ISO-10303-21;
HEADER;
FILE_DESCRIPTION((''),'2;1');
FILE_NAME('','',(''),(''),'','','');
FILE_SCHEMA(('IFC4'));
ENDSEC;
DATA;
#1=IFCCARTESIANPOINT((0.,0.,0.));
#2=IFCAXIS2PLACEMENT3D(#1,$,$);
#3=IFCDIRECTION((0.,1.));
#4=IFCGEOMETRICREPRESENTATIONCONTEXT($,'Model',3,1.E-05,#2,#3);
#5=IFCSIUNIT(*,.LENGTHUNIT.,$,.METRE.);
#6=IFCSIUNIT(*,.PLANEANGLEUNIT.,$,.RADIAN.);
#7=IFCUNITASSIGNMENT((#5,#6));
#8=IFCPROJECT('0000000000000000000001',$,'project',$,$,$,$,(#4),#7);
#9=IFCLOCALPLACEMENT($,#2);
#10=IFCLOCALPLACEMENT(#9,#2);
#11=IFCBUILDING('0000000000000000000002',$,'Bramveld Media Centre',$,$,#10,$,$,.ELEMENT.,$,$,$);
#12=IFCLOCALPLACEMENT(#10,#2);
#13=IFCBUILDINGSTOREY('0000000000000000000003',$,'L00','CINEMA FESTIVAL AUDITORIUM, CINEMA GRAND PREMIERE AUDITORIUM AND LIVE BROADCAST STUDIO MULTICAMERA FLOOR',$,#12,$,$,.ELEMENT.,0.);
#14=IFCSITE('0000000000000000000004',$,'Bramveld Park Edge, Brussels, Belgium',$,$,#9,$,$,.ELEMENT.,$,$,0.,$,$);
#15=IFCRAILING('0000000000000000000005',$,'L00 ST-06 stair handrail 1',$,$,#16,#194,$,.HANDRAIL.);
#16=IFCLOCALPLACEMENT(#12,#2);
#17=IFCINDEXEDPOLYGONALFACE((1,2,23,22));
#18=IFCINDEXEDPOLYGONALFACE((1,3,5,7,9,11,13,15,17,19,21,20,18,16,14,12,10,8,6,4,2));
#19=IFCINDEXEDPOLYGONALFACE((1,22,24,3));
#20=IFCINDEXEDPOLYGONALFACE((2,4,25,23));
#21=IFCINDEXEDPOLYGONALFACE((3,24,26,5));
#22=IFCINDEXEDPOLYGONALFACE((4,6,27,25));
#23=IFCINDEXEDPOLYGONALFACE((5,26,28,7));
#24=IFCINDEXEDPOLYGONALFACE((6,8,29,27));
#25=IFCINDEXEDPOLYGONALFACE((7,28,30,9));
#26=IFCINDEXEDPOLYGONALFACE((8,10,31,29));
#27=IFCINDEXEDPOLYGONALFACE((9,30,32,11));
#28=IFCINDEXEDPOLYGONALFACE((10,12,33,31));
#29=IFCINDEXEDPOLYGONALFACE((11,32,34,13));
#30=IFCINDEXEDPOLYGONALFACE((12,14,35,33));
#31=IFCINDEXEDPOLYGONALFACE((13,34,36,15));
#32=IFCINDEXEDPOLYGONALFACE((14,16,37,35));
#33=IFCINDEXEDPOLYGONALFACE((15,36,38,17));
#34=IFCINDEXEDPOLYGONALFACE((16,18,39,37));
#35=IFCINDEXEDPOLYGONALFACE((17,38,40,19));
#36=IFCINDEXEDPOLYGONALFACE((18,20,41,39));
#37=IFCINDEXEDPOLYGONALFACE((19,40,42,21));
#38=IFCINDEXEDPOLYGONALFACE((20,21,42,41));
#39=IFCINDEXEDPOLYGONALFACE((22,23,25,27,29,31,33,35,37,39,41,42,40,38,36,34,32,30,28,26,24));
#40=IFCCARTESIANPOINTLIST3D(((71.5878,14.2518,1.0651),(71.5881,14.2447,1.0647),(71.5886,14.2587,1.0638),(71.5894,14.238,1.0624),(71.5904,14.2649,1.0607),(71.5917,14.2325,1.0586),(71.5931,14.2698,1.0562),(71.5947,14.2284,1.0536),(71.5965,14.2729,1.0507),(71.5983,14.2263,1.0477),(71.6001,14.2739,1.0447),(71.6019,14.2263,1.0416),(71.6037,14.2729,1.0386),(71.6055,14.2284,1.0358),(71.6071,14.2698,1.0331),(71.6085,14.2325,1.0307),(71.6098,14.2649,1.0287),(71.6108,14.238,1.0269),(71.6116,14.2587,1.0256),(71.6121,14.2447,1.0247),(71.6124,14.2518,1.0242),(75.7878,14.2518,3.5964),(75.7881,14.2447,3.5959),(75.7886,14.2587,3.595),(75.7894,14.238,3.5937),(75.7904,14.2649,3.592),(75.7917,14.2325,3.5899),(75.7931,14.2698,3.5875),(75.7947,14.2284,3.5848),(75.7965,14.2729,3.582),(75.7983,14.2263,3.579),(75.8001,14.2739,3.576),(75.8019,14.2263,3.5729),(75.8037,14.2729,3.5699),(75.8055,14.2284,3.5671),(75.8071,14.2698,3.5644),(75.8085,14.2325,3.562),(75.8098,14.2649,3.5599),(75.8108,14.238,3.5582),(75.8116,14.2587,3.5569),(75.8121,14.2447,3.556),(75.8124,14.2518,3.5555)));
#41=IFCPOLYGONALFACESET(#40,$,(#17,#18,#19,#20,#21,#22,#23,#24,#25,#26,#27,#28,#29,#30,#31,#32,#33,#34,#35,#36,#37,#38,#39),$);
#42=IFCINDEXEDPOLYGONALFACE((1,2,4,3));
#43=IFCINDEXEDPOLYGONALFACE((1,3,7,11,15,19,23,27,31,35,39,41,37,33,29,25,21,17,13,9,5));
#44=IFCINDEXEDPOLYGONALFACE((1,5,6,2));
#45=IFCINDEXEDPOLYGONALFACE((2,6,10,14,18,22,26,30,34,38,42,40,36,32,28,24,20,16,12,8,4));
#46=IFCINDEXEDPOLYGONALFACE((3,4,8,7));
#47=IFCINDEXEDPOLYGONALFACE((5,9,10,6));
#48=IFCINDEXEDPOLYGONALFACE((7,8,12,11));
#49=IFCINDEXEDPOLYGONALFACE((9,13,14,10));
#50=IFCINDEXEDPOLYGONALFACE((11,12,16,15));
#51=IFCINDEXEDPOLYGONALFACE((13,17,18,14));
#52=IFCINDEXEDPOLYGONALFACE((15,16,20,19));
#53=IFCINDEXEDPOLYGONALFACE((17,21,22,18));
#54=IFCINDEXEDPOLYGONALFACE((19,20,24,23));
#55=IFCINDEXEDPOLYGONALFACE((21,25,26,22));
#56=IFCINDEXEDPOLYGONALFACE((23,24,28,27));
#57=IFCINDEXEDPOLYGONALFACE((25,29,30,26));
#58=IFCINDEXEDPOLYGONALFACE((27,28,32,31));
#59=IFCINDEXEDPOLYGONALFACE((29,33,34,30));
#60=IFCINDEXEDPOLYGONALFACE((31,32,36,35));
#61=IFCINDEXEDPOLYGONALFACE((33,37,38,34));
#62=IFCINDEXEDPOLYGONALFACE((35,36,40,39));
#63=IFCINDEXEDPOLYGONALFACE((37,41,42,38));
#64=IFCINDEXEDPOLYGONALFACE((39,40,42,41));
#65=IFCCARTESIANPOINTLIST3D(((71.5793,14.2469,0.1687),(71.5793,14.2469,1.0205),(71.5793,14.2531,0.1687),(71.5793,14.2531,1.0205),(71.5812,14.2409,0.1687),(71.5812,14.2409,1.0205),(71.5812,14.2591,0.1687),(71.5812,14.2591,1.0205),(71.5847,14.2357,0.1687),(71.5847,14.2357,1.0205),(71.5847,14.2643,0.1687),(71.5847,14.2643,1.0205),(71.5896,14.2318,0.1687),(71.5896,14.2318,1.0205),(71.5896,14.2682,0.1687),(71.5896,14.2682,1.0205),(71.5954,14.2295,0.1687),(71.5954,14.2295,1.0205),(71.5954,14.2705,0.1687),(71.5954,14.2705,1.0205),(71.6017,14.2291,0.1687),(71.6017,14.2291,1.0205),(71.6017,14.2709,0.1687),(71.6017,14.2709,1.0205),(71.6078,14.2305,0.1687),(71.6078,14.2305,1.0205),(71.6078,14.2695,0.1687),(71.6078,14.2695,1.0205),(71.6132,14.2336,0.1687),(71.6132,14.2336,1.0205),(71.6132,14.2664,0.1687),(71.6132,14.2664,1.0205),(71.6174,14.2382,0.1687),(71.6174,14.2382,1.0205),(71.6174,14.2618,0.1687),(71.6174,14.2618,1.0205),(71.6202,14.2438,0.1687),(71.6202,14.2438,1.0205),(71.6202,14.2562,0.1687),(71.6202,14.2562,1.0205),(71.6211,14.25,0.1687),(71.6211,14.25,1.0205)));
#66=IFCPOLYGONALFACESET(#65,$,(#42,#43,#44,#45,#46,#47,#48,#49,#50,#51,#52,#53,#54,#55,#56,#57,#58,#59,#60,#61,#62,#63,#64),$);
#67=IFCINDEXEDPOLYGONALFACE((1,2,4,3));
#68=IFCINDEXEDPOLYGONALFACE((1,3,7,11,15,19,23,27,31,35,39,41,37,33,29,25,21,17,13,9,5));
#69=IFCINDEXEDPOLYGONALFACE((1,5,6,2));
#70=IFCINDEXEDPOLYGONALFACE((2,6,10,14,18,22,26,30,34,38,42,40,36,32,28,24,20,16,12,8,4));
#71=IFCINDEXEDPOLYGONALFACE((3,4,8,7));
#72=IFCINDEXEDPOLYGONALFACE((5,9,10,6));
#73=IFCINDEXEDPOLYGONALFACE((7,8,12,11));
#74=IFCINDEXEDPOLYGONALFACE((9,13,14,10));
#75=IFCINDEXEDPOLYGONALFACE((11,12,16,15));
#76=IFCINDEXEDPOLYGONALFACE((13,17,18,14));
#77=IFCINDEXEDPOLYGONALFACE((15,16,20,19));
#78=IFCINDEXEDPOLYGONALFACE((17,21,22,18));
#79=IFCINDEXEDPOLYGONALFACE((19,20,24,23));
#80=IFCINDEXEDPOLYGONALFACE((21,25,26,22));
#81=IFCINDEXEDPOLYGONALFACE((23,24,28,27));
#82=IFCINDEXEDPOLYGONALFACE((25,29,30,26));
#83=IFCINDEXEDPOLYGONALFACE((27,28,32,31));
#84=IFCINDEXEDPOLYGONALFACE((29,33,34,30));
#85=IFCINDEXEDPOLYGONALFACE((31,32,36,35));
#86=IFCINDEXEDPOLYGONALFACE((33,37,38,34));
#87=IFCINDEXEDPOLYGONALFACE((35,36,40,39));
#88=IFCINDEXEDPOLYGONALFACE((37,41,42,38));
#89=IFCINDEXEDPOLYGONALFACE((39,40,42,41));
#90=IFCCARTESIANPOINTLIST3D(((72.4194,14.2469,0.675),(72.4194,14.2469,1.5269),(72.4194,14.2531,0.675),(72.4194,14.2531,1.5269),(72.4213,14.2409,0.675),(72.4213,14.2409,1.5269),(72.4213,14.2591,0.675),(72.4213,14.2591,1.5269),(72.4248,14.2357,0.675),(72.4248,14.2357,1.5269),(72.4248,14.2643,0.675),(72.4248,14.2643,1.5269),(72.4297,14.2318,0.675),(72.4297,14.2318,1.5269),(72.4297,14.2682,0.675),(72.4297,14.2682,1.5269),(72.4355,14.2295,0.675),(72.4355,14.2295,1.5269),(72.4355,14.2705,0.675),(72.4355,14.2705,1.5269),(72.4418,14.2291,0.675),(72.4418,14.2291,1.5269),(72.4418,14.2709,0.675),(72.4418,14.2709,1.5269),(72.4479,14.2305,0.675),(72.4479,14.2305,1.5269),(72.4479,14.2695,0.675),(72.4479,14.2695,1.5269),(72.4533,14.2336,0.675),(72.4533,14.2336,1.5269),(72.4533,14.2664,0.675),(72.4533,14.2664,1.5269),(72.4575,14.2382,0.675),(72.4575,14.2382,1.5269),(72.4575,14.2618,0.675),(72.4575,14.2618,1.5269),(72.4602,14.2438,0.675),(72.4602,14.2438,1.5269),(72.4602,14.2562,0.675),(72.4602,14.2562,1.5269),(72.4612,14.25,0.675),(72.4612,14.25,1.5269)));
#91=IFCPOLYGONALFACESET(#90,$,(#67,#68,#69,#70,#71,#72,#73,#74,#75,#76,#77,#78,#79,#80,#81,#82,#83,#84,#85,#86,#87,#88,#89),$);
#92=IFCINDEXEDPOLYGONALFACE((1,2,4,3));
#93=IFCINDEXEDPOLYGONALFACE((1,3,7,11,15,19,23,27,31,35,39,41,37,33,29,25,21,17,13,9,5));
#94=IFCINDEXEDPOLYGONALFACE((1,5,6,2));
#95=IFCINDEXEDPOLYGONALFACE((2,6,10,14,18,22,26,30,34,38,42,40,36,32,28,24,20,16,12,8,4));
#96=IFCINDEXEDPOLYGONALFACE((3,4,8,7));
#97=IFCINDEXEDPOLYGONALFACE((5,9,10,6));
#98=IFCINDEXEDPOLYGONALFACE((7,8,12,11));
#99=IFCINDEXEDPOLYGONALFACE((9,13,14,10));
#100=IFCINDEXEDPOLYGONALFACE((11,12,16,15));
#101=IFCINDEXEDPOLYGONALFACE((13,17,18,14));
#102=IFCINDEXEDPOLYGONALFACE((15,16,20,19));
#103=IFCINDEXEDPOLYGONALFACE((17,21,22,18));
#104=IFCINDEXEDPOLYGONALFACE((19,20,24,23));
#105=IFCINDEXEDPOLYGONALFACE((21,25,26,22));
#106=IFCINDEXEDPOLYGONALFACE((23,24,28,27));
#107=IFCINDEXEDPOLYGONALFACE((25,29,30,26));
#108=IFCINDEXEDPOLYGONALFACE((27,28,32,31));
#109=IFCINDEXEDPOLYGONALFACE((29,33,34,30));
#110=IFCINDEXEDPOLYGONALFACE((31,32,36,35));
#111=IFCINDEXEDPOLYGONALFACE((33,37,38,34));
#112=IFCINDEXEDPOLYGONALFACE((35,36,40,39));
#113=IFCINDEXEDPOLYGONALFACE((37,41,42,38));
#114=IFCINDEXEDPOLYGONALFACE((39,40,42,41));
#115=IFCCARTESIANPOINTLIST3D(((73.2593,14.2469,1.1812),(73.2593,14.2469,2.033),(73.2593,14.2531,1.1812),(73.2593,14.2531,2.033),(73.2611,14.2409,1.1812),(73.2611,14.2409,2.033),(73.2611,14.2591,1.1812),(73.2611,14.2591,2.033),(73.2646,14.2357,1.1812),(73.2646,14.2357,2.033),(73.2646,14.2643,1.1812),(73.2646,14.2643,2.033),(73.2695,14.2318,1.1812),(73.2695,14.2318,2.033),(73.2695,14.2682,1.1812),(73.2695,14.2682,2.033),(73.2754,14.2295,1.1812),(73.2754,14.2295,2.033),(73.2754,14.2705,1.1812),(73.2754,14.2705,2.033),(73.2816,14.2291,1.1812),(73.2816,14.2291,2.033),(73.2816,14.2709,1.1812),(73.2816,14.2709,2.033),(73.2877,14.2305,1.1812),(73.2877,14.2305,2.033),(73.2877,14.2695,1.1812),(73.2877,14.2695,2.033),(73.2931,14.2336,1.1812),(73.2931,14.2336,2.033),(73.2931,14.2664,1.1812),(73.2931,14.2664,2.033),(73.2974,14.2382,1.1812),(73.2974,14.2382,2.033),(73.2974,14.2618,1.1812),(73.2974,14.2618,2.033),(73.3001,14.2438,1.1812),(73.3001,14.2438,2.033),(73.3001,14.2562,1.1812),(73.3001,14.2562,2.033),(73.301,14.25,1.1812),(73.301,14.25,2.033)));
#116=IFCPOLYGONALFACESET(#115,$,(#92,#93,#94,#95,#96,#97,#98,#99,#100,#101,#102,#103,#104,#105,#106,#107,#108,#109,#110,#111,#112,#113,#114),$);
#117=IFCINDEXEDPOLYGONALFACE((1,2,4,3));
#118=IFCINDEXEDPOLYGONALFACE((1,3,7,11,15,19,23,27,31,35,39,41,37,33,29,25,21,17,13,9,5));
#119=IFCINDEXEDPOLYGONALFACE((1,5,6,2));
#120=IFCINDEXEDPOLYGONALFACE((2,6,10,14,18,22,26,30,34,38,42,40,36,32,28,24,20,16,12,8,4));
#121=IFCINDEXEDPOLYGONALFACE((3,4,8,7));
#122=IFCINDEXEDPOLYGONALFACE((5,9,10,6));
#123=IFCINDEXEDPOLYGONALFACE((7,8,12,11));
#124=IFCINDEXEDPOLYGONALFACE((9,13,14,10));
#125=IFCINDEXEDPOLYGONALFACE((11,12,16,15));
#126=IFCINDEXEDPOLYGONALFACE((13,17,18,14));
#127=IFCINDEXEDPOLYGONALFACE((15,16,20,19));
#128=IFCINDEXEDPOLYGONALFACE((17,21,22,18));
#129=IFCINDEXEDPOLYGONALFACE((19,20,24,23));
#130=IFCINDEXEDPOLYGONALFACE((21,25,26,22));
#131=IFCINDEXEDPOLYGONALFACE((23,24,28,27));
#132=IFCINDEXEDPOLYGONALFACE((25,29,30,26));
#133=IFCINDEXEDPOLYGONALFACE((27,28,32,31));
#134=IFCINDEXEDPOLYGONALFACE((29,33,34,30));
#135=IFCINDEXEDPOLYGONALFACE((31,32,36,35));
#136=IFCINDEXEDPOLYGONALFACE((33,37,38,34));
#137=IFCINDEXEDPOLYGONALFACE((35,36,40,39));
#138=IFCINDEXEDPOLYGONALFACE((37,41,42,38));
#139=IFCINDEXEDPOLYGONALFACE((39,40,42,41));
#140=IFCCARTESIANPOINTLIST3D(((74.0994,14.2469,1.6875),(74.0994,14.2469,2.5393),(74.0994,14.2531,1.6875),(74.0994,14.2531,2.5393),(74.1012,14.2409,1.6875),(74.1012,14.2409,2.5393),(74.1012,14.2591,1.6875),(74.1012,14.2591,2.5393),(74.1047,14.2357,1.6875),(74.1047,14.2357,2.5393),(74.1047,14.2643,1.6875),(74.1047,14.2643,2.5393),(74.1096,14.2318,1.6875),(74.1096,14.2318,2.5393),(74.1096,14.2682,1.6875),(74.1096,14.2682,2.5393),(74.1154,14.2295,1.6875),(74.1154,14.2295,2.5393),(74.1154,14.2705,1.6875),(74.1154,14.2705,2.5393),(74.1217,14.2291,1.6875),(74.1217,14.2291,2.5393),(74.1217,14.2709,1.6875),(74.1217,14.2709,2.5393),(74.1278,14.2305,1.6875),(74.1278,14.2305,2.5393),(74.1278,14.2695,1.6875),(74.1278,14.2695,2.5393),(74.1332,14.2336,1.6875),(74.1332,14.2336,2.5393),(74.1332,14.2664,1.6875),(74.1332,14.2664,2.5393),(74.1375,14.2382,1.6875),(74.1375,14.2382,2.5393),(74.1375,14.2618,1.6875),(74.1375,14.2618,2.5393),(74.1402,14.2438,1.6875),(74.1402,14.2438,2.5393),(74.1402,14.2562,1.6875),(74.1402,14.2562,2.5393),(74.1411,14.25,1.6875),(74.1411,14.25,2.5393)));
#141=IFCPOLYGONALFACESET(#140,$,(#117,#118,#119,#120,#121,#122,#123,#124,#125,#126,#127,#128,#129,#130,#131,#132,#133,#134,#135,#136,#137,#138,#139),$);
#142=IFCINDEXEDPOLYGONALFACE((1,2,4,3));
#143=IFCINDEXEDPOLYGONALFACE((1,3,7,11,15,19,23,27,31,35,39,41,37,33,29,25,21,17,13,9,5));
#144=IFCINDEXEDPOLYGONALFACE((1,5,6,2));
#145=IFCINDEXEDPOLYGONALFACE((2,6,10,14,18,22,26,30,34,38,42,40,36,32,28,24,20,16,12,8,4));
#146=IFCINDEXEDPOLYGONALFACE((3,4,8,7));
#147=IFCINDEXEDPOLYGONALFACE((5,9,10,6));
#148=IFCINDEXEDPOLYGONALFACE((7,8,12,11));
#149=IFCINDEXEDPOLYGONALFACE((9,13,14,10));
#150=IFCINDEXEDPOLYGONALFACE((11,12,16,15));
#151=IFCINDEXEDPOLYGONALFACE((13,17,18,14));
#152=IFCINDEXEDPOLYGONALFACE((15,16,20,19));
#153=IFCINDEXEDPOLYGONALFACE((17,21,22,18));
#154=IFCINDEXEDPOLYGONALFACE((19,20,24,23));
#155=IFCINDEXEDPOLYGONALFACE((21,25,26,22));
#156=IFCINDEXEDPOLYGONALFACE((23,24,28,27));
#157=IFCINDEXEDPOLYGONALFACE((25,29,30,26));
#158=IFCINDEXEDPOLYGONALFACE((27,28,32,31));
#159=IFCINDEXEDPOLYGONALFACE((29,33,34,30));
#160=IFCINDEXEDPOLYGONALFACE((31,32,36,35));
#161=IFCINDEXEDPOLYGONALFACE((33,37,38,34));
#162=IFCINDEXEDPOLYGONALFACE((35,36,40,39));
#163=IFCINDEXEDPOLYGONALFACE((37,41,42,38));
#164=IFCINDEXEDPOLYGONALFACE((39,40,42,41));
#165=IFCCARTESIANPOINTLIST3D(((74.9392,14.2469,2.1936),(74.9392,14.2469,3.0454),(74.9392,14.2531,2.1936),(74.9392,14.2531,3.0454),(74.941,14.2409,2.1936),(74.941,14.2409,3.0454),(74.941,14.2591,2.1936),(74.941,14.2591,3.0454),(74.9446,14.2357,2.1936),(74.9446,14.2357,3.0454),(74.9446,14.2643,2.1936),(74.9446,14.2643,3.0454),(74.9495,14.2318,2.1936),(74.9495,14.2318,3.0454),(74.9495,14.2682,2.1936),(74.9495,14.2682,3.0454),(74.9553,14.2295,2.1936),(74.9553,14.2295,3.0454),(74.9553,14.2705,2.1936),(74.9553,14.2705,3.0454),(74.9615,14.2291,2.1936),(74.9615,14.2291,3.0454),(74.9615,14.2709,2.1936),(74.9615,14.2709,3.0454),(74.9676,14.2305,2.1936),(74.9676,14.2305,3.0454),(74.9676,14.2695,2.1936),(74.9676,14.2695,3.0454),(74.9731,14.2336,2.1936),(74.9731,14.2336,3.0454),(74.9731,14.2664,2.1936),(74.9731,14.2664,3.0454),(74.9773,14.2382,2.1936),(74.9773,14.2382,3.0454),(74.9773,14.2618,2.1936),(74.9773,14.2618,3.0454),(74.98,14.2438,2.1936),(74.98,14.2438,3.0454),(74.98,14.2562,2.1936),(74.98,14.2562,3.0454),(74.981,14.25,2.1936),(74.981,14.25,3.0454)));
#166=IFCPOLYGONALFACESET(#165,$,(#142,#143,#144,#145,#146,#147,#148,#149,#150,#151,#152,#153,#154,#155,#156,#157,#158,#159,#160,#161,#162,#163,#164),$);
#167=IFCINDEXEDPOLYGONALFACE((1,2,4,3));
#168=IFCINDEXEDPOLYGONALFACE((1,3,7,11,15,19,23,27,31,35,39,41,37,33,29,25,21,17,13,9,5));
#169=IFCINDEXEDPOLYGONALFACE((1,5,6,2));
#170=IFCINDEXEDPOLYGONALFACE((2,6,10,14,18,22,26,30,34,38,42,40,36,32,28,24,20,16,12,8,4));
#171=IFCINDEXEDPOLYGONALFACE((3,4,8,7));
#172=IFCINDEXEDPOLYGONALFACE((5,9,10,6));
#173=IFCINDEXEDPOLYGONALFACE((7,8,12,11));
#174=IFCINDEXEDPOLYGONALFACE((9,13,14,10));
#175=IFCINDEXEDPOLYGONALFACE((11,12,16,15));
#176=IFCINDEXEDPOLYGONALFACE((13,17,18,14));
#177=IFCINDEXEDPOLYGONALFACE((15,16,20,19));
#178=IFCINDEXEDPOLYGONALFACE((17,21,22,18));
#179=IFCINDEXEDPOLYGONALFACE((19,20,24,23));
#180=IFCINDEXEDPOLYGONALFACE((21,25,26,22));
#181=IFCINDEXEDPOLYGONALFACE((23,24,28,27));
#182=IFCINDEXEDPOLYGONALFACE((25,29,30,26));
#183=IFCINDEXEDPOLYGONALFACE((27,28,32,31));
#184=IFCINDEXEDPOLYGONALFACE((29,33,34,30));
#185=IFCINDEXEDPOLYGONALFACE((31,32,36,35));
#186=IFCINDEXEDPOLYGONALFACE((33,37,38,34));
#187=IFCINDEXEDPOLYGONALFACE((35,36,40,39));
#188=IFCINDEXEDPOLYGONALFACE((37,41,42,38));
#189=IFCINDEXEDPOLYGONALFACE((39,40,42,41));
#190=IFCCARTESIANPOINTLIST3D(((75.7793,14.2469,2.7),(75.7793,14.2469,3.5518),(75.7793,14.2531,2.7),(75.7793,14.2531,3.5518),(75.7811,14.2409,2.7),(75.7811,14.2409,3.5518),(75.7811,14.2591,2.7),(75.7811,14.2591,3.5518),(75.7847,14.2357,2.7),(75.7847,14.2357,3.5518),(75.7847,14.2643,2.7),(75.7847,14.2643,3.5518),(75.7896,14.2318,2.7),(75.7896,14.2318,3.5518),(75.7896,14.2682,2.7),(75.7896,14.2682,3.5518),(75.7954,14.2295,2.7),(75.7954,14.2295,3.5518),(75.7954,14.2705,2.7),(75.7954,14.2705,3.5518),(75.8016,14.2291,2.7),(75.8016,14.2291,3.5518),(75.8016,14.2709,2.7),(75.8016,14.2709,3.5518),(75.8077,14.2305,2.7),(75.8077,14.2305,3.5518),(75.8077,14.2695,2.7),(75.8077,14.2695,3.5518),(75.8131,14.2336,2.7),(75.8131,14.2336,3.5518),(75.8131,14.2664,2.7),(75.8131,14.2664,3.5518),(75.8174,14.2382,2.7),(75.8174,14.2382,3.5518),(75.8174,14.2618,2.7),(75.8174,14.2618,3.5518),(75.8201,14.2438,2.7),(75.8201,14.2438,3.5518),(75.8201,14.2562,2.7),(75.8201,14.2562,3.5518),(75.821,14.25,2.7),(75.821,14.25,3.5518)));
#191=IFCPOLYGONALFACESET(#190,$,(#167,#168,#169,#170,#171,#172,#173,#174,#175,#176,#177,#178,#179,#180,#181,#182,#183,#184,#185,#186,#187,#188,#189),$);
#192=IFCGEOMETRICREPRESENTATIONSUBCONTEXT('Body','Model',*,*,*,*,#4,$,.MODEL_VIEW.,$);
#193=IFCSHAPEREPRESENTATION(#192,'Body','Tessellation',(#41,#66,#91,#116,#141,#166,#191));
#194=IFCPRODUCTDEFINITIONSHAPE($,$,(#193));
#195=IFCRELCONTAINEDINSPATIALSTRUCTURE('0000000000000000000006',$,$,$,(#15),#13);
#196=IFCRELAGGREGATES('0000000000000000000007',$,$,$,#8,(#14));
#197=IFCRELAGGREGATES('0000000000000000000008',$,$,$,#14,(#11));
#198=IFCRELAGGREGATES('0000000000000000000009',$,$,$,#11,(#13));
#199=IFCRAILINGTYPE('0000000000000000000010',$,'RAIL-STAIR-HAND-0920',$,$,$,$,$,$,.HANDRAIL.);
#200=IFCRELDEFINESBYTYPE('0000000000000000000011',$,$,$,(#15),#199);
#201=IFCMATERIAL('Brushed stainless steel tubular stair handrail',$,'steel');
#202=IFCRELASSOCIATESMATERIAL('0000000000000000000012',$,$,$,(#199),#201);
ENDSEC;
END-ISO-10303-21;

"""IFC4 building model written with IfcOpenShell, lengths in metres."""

from ifc_helpers import new_model, si_unit, direction, frame, origin, origin_2d, place, context, subcontext, project, spatial, circle, extrude, material, type_object, element, save


model = new_model("IFC4")

# Units and contexts
model_context = context("Model", 3, precision=1e-05, world=origin(), true_north=direction((0.0, 1.0)))
body_context = subcontext(model_context, "Body", "Model", "MODEL_VIEW")
ifc_project = project(units=[si_unit("LENGTHUNIT", "METRE"), si_unit("PLANEANGLEUNIT", "RADIAN")], contexts=[model_context])

# Site, building, storey
site_placement = place(None, origin())
site = spatial("IfcSite", under=ifc_project, at=site_placement, Name="Bramveld Park Edge, Brussels, Belgium", CompositionType="ELEMENT", RefElevation=0.0)
building_placement = place(site_placement, origin())
building = spatial("IfcBuilding", under=site, at=building_placement, Name="Bramveld Media Centre", CompositionType="ELEMENT")
storey_placement = place(building_placement, origin())
storey = spatial("IfcBuildingStorey", under=building, at=storey_placement, Name="L00", Description="CINEMA FESTIVAL AUDITORIUM, CINEMA GRAND PREMIERE AUDITORIUM AND LIVE BROADCAST STUDIO MULTICAMERA FLOOR", CompositionType="ELEMENT", Elevation=0.0)

# Railing
ifc_material_1 = material(Name="Brushed stainless steel tubular stair handrail", Category="steel")
railing_type_1 = type_object("IfcRailingType", Name="RAIL-STAIR-HAND-0920", PredefinedType="HANDRAIL", material=ifc_material_1)
railing_1_placement = place(storey_placement, frame((71.6001, 14.25, 0.1687)))
element("IfcRailing", 1, at=railing_1_placement, inside=storey, type_object=railing_type_1, Name="L00 ST-06 stair handrail 1", PredefinedType="HANDRAIL", context=body_context, shape_type="SweptSolid", body=[
    extrude(circle(Radius=0.0239, at=origin_2d()), frame((0.0, 0.0, 0.876), z_axis=(0.856476, 0.0, 0.516186), x_axis=(0.0, 1.0, 0.0)), (0.0, 0.0, 1.0), 4.9038),
    extrude(circle(Radius=0.021, at=origin_2d()), origin(), (0.0, 0.0, 1.0), 0.8518),
    extrude(circle(Radius=0.021, at=origin_2d()), frame((0.8401, 0.0, 0.5063)), (0.0, 0.0, 1.0), 0.8518),
    extrude(circle(Radius=0.021, at=origin_2d()), frame((1.6799, 0.0, 1.0125)), (0.0, 0.0, 1.0), 0.8518),
    extrude(circle(Radius=0.021, at=origin_2d()), frame((2.52, 0.0, 1.5188)), (0.0, 0.0, 1.0), 0.8518),
    extrude(circle(Radius=0.021, at=origin_2d()), frame((3.3599, 0.0, 2.0249)), (0.0, 0.0, 1.0), 0.8518),
    extrude(circle(Radius=0.021, at=origin_2d()), frame((4.2, 0.0, 2.5312)), (0.0, 0.0, 1.0), 0.8518),
])

save(model, "model.ifc")
